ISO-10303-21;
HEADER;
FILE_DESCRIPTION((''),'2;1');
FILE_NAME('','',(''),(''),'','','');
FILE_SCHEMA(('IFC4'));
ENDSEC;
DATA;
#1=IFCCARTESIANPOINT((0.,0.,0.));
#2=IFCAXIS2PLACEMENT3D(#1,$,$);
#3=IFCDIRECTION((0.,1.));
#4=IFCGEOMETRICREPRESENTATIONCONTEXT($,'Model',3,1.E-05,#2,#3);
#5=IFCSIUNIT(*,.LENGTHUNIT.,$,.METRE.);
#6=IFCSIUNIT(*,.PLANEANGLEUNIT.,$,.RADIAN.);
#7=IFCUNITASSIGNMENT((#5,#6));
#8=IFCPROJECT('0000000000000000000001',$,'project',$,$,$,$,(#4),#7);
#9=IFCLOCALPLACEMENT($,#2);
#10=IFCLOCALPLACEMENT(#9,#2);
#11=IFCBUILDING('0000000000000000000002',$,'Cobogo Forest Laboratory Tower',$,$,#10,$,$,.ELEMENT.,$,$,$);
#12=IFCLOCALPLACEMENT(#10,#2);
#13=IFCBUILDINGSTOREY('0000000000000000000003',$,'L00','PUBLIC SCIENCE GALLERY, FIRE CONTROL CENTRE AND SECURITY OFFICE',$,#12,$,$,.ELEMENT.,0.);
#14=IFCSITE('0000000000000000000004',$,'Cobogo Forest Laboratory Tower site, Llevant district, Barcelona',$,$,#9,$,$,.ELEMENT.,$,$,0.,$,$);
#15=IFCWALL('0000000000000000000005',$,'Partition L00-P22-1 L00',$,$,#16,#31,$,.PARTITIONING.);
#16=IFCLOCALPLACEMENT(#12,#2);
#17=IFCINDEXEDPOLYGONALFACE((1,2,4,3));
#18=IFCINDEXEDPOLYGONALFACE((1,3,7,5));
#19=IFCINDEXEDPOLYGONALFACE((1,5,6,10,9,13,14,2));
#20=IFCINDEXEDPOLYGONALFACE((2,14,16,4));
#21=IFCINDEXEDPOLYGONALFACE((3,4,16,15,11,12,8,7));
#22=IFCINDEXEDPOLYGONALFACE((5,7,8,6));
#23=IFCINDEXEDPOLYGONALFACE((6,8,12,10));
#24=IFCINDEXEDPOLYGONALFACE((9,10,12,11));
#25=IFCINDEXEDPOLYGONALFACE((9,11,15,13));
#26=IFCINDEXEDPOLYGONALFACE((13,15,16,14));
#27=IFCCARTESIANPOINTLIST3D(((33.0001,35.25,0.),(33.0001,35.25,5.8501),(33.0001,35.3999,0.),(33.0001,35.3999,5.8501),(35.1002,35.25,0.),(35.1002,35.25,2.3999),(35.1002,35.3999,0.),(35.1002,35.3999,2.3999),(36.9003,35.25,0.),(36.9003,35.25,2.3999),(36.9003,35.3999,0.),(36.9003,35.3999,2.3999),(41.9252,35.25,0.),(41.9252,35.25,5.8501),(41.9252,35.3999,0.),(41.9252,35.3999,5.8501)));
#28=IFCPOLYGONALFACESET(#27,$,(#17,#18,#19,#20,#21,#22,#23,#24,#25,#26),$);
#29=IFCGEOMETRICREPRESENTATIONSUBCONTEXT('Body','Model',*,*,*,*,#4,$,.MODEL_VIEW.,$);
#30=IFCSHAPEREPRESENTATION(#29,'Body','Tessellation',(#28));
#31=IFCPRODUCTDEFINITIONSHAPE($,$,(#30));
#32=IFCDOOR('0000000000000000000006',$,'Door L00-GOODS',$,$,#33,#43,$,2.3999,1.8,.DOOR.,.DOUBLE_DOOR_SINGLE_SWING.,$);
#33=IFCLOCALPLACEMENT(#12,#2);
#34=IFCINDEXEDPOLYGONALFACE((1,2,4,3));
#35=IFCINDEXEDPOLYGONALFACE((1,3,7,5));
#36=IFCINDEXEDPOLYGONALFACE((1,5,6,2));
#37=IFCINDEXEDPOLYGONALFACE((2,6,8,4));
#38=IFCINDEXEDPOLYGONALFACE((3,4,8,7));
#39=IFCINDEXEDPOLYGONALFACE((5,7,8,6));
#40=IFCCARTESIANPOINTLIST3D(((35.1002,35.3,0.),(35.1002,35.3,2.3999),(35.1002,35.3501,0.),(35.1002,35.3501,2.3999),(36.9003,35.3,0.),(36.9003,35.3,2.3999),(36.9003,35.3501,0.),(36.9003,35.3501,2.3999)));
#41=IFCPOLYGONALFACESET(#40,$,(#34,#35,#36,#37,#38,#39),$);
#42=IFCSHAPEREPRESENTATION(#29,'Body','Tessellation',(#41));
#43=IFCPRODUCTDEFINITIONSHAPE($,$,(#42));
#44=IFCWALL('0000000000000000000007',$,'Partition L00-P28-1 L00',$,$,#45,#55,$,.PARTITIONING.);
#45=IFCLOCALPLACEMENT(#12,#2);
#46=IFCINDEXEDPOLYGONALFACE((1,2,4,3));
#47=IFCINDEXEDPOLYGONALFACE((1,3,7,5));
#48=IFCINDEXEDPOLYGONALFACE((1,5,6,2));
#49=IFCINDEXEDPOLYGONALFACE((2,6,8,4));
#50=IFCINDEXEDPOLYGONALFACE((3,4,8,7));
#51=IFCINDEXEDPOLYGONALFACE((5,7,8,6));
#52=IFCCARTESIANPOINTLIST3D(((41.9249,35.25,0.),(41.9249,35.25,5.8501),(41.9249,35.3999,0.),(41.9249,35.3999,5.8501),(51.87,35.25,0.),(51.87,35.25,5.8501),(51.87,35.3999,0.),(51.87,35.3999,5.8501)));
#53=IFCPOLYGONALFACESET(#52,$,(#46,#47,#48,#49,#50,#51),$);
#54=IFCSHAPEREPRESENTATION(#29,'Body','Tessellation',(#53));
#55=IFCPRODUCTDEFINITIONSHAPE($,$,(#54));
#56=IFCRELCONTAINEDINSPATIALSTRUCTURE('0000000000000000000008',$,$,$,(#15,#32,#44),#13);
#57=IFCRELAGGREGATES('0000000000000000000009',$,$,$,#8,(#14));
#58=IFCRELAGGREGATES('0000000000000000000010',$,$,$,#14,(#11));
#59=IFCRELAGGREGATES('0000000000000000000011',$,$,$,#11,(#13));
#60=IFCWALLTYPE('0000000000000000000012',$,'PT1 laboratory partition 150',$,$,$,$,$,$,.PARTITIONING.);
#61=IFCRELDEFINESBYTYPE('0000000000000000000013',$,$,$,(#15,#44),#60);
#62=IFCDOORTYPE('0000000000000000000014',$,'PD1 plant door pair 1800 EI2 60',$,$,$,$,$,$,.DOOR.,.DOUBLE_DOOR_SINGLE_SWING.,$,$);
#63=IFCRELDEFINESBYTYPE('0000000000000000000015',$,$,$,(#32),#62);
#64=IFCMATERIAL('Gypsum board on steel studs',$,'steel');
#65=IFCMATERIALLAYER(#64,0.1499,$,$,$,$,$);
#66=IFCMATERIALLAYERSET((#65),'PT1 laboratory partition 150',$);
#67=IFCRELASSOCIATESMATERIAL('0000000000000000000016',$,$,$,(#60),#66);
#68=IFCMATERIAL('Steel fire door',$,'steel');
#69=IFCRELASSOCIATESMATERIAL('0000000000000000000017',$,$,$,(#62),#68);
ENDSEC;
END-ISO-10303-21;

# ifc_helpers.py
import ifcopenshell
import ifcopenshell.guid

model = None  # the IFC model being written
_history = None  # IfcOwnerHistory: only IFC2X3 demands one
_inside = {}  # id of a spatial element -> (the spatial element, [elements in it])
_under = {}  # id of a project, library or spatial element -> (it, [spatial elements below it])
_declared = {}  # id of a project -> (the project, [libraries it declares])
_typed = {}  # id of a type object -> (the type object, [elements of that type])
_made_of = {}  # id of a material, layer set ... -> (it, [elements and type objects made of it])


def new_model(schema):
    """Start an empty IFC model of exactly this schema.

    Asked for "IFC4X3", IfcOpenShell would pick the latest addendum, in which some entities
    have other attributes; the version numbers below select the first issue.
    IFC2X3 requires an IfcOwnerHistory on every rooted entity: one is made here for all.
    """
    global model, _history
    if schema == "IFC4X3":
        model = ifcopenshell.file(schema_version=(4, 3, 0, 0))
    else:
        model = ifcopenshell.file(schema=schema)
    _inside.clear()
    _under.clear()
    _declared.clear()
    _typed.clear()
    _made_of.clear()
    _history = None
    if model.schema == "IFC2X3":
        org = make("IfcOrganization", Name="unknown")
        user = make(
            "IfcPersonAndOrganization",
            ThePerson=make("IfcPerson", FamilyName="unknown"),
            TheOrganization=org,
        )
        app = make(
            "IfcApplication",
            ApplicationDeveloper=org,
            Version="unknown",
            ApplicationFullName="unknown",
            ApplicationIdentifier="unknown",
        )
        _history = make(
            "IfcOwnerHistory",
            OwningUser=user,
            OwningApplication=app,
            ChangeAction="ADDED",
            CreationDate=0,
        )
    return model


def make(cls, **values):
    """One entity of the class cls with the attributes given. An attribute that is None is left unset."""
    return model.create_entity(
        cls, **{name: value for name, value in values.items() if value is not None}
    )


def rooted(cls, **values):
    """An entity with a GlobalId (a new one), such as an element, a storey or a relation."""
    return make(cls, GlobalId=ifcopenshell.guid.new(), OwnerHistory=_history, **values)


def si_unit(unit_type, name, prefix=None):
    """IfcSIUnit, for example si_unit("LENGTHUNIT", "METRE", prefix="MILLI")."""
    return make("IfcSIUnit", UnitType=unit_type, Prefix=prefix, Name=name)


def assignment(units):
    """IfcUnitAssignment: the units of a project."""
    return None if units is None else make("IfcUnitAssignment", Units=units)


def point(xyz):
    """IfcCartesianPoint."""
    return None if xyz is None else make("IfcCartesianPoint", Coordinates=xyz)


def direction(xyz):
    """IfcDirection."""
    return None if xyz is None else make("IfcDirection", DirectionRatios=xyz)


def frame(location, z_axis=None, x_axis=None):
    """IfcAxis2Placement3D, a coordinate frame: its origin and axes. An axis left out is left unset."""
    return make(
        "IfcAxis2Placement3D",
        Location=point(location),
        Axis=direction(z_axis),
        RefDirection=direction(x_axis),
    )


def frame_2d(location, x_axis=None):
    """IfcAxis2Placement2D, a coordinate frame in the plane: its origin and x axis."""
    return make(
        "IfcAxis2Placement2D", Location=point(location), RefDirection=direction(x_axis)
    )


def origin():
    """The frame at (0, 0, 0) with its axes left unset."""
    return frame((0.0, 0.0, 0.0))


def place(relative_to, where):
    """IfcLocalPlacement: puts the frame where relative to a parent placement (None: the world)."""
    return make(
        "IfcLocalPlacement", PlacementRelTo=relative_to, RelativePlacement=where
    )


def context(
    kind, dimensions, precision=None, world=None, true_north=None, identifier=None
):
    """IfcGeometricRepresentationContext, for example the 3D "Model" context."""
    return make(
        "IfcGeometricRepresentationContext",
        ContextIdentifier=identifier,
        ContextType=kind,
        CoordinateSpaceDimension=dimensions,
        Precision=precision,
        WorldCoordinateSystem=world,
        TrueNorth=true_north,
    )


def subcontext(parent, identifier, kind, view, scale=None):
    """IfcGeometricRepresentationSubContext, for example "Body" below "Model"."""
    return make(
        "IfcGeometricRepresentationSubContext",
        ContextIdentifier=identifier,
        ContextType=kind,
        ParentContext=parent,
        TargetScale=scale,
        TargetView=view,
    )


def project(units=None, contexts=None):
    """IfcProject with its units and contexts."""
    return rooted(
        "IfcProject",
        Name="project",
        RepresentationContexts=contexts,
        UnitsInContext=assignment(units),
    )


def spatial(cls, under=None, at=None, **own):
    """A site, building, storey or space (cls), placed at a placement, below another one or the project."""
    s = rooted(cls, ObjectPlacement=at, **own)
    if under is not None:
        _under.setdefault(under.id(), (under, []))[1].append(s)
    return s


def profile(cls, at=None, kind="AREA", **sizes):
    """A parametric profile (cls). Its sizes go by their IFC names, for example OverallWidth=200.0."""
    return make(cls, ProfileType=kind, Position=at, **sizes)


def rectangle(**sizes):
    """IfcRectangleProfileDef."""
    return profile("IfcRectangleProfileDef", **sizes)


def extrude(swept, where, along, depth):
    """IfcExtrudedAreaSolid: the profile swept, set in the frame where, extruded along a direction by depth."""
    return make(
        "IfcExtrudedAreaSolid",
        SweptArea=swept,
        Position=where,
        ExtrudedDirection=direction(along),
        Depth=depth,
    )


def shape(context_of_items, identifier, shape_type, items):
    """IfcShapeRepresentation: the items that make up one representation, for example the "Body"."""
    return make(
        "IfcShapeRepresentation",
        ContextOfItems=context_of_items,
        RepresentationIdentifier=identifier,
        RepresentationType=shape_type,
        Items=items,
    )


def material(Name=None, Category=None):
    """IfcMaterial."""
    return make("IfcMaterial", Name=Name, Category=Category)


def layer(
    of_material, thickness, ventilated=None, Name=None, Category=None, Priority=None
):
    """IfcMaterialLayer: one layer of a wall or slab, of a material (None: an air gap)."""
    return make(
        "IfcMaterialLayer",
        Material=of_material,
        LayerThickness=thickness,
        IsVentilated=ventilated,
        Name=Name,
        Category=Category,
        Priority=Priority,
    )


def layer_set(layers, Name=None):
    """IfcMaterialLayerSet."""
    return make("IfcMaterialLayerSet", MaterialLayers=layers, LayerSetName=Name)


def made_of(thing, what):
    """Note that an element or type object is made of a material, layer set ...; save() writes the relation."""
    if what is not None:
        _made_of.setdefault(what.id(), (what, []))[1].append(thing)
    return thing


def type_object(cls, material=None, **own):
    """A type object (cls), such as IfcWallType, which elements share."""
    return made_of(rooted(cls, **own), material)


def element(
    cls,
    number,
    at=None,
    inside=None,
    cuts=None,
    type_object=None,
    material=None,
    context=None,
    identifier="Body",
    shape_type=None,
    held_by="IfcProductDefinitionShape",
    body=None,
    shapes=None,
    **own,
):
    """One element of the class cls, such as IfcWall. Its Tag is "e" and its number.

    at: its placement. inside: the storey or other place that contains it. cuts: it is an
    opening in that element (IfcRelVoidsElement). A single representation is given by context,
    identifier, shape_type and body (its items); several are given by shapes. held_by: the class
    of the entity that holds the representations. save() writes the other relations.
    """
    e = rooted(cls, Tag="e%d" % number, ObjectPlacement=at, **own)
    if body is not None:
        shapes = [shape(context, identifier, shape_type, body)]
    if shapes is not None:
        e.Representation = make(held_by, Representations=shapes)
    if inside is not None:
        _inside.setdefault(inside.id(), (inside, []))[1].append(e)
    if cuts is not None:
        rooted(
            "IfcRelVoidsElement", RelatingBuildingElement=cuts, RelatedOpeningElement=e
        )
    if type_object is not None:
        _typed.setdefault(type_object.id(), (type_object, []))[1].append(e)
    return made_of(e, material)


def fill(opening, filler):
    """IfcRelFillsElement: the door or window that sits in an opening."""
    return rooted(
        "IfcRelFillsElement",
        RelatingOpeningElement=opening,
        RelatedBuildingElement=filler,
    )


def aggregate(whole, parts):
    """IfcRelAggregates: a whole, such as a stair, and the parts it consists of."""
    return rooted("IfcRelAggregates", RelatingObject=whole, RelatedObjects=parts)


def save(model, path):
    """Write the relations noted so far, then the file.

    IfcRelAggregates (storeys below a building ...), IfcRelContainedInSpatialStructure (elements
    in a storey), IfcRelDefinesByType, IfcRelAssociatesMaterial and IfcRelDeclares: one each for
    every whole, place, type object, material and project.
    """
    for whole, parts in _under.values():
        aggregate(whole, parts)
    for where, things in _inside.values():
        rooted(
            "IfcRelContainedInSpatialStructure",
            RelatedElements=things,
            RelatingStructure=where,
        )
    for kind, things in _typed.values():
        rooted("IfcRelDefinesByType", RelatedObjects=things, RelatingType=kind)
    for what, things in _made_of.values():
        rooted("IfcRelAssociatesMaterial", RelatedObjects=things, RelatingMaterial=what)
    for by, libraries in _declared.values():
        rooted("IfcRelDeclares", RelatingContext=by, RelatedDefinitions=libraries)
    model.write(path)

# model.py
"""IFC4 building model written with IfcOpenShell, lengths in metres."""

from ifc_helpers import new_model, si_unit, direction, frame, frame_2d, origin, place, context, subcontext, project, spatial, rectangle, extrude, material, layer, layer_set, type_object, element, fill, save


model = new_model("IFC4")

# Units and contexts
model_context = context("Model", 3, precision=1e-05, world=origin(), true_north=direction((0.0, 1.0)))
body_context = subcontext(model_context, "Body", "Model", "MODEL_VIEW")
ifc_project = project(units=[si_unit("LENGTHUNIT", "METRE"), si_unit("PLANEANGLEUNIT", "RADIAN")], contexts=[model_context])

# Site, building, storey
site_placement = place(None, origin())
site = spatial("IfcSite", under=ifc_project, at=site_placement, Name="Cobogo Forest Laboratory Tower site, Llevant district, Barcelona", CompositionType="ELEMENT", RefElevation=0.0)
building_placement = place(site_placement, origin())
building = spatial("IfcBuilding", under=site, at=building_placement, Name="Cobogo Forest Laboratory Tower", CompositionType="ELEMENT")
storey_placement = place(building_placement, origin())
storey = spatial("IfcBuildingStorey", under=building, at=storey_placement, Name="L00", Description="PUBLIC SCIENCE GALLERY, FIRE CONTROL CENTRE AND SECURITY OFFICE", CompositionType="ELEMENT", Elevation=0.0)

# Wall, opening, door
ifc_material_1 = material(Name="Gypsum board on steel studs", Category="steel")
ifc_layer_1 = layer(ifc_material_1, 0.1499)
ifc_layer_set_1 = layer_set([ifc_layer_1], Name="PT1 laboratory partition 150")
wall_type = type_object("IfcWallType", Name="PT1 laboratory partition 150", PredefinedType="PARTITIONING", material=ifc_layer_set_1)
wall_1_placement = place(storey_placement, frame((41.925, 35.325, 0.0), z_axis=(0.0, 0.0, 1.0), x_axis=(-1.0, 0.0, 0.0)))
wall_1 = element("IfcWall", 1, at=wall_1_placement, inside=storey, type_object=wall_type, Name="Partition L00-P22-1 L00", PredefinedType="PARTITIONING", context=body_context, shape_type="SweptSolid", body=[
    extrude(rectangle(XDim=8.925, YDim=0.1499, at=frame_2d((4.4624, 0.0))), origin(), (0.0, 0.0, 1.0), 5.8501),
])
opening_placement = place(wall_1_placement, frame((5.0249, 0.0, 0.0)))
opening = element("IfcOpeningElement", 2, at=opening_placement, cuts=wall_1, PredefinedType="OPENING", context=body_context, shape_type="SweptSolid", body=[
    extrude(rectangle(XDim=1.8, YDim=2.3999, at=frame_2d((0.8999, 1.2))), frame((0.0, 0.085, 0.0), z_axis=(0.0, -1.0, 0.0), x_axis=(1.0, 0.0, 0.0)), (0.0, 0.0, 1.0), 0.1699),
])
ifc_material_2 = material(Name="Steel fire door", Category="steel")
door_type = type_object("IfcDoorType", Name="PD1 plant door pair 1800 EI2 60", OperationType="DOUBLE_DOOR_SINGLE_SWING", PredefinedType="DOOR", material=ifc_material_2)
door_placement = place(opening_placement, origin())
door = element("IfcDoor", 3, at=door_placement, inside=storey, type_object=door_type, Name="Door L00-GOODS", OperationType="DOUBLE_DOOR_SINGLE_SWING", OverallHeight=2.3999, OverallWidth=1.8, PredefinedType="DOOR", context=body_context, shape_type="SweptSolid", body=[
    extrude(rectangle(XDim=1.8, YDim=2.3999, at=frame_2d((0.8999, 1.2))), frame((0.0, 0.0249, 0.0), z_axis=(0.0, -1.0, 0.0), x_axis=(1.0, 0.0, 0.0)), (0.0, 0.0, 1.0), 0.05),
])
fill(opening, door)

# Wall
wall_2_placement = place(storey_placement, frame((51.8701, 35.325, 0.0), z_axis=(0.0, 0.0, 1.0), x_axis=(-1.0, 0.0, 0.0)))
element("IfcWall", 4, at=wall_2_placement, inside=storey, type_object=wall_type, Name="Partition L00-P28-1 L00", PredefinedType="PARTITIONING", context=body_context, shape_type="SweptSolid", body=[
    extrude(rectangle(XDim=9.9451, YDim=0.1499, at=frame_2d((4.9727, 0.0))), origin(), (0.0, 0.0, 1.0), 5.8501),
])

save(model, "model.ifc")
